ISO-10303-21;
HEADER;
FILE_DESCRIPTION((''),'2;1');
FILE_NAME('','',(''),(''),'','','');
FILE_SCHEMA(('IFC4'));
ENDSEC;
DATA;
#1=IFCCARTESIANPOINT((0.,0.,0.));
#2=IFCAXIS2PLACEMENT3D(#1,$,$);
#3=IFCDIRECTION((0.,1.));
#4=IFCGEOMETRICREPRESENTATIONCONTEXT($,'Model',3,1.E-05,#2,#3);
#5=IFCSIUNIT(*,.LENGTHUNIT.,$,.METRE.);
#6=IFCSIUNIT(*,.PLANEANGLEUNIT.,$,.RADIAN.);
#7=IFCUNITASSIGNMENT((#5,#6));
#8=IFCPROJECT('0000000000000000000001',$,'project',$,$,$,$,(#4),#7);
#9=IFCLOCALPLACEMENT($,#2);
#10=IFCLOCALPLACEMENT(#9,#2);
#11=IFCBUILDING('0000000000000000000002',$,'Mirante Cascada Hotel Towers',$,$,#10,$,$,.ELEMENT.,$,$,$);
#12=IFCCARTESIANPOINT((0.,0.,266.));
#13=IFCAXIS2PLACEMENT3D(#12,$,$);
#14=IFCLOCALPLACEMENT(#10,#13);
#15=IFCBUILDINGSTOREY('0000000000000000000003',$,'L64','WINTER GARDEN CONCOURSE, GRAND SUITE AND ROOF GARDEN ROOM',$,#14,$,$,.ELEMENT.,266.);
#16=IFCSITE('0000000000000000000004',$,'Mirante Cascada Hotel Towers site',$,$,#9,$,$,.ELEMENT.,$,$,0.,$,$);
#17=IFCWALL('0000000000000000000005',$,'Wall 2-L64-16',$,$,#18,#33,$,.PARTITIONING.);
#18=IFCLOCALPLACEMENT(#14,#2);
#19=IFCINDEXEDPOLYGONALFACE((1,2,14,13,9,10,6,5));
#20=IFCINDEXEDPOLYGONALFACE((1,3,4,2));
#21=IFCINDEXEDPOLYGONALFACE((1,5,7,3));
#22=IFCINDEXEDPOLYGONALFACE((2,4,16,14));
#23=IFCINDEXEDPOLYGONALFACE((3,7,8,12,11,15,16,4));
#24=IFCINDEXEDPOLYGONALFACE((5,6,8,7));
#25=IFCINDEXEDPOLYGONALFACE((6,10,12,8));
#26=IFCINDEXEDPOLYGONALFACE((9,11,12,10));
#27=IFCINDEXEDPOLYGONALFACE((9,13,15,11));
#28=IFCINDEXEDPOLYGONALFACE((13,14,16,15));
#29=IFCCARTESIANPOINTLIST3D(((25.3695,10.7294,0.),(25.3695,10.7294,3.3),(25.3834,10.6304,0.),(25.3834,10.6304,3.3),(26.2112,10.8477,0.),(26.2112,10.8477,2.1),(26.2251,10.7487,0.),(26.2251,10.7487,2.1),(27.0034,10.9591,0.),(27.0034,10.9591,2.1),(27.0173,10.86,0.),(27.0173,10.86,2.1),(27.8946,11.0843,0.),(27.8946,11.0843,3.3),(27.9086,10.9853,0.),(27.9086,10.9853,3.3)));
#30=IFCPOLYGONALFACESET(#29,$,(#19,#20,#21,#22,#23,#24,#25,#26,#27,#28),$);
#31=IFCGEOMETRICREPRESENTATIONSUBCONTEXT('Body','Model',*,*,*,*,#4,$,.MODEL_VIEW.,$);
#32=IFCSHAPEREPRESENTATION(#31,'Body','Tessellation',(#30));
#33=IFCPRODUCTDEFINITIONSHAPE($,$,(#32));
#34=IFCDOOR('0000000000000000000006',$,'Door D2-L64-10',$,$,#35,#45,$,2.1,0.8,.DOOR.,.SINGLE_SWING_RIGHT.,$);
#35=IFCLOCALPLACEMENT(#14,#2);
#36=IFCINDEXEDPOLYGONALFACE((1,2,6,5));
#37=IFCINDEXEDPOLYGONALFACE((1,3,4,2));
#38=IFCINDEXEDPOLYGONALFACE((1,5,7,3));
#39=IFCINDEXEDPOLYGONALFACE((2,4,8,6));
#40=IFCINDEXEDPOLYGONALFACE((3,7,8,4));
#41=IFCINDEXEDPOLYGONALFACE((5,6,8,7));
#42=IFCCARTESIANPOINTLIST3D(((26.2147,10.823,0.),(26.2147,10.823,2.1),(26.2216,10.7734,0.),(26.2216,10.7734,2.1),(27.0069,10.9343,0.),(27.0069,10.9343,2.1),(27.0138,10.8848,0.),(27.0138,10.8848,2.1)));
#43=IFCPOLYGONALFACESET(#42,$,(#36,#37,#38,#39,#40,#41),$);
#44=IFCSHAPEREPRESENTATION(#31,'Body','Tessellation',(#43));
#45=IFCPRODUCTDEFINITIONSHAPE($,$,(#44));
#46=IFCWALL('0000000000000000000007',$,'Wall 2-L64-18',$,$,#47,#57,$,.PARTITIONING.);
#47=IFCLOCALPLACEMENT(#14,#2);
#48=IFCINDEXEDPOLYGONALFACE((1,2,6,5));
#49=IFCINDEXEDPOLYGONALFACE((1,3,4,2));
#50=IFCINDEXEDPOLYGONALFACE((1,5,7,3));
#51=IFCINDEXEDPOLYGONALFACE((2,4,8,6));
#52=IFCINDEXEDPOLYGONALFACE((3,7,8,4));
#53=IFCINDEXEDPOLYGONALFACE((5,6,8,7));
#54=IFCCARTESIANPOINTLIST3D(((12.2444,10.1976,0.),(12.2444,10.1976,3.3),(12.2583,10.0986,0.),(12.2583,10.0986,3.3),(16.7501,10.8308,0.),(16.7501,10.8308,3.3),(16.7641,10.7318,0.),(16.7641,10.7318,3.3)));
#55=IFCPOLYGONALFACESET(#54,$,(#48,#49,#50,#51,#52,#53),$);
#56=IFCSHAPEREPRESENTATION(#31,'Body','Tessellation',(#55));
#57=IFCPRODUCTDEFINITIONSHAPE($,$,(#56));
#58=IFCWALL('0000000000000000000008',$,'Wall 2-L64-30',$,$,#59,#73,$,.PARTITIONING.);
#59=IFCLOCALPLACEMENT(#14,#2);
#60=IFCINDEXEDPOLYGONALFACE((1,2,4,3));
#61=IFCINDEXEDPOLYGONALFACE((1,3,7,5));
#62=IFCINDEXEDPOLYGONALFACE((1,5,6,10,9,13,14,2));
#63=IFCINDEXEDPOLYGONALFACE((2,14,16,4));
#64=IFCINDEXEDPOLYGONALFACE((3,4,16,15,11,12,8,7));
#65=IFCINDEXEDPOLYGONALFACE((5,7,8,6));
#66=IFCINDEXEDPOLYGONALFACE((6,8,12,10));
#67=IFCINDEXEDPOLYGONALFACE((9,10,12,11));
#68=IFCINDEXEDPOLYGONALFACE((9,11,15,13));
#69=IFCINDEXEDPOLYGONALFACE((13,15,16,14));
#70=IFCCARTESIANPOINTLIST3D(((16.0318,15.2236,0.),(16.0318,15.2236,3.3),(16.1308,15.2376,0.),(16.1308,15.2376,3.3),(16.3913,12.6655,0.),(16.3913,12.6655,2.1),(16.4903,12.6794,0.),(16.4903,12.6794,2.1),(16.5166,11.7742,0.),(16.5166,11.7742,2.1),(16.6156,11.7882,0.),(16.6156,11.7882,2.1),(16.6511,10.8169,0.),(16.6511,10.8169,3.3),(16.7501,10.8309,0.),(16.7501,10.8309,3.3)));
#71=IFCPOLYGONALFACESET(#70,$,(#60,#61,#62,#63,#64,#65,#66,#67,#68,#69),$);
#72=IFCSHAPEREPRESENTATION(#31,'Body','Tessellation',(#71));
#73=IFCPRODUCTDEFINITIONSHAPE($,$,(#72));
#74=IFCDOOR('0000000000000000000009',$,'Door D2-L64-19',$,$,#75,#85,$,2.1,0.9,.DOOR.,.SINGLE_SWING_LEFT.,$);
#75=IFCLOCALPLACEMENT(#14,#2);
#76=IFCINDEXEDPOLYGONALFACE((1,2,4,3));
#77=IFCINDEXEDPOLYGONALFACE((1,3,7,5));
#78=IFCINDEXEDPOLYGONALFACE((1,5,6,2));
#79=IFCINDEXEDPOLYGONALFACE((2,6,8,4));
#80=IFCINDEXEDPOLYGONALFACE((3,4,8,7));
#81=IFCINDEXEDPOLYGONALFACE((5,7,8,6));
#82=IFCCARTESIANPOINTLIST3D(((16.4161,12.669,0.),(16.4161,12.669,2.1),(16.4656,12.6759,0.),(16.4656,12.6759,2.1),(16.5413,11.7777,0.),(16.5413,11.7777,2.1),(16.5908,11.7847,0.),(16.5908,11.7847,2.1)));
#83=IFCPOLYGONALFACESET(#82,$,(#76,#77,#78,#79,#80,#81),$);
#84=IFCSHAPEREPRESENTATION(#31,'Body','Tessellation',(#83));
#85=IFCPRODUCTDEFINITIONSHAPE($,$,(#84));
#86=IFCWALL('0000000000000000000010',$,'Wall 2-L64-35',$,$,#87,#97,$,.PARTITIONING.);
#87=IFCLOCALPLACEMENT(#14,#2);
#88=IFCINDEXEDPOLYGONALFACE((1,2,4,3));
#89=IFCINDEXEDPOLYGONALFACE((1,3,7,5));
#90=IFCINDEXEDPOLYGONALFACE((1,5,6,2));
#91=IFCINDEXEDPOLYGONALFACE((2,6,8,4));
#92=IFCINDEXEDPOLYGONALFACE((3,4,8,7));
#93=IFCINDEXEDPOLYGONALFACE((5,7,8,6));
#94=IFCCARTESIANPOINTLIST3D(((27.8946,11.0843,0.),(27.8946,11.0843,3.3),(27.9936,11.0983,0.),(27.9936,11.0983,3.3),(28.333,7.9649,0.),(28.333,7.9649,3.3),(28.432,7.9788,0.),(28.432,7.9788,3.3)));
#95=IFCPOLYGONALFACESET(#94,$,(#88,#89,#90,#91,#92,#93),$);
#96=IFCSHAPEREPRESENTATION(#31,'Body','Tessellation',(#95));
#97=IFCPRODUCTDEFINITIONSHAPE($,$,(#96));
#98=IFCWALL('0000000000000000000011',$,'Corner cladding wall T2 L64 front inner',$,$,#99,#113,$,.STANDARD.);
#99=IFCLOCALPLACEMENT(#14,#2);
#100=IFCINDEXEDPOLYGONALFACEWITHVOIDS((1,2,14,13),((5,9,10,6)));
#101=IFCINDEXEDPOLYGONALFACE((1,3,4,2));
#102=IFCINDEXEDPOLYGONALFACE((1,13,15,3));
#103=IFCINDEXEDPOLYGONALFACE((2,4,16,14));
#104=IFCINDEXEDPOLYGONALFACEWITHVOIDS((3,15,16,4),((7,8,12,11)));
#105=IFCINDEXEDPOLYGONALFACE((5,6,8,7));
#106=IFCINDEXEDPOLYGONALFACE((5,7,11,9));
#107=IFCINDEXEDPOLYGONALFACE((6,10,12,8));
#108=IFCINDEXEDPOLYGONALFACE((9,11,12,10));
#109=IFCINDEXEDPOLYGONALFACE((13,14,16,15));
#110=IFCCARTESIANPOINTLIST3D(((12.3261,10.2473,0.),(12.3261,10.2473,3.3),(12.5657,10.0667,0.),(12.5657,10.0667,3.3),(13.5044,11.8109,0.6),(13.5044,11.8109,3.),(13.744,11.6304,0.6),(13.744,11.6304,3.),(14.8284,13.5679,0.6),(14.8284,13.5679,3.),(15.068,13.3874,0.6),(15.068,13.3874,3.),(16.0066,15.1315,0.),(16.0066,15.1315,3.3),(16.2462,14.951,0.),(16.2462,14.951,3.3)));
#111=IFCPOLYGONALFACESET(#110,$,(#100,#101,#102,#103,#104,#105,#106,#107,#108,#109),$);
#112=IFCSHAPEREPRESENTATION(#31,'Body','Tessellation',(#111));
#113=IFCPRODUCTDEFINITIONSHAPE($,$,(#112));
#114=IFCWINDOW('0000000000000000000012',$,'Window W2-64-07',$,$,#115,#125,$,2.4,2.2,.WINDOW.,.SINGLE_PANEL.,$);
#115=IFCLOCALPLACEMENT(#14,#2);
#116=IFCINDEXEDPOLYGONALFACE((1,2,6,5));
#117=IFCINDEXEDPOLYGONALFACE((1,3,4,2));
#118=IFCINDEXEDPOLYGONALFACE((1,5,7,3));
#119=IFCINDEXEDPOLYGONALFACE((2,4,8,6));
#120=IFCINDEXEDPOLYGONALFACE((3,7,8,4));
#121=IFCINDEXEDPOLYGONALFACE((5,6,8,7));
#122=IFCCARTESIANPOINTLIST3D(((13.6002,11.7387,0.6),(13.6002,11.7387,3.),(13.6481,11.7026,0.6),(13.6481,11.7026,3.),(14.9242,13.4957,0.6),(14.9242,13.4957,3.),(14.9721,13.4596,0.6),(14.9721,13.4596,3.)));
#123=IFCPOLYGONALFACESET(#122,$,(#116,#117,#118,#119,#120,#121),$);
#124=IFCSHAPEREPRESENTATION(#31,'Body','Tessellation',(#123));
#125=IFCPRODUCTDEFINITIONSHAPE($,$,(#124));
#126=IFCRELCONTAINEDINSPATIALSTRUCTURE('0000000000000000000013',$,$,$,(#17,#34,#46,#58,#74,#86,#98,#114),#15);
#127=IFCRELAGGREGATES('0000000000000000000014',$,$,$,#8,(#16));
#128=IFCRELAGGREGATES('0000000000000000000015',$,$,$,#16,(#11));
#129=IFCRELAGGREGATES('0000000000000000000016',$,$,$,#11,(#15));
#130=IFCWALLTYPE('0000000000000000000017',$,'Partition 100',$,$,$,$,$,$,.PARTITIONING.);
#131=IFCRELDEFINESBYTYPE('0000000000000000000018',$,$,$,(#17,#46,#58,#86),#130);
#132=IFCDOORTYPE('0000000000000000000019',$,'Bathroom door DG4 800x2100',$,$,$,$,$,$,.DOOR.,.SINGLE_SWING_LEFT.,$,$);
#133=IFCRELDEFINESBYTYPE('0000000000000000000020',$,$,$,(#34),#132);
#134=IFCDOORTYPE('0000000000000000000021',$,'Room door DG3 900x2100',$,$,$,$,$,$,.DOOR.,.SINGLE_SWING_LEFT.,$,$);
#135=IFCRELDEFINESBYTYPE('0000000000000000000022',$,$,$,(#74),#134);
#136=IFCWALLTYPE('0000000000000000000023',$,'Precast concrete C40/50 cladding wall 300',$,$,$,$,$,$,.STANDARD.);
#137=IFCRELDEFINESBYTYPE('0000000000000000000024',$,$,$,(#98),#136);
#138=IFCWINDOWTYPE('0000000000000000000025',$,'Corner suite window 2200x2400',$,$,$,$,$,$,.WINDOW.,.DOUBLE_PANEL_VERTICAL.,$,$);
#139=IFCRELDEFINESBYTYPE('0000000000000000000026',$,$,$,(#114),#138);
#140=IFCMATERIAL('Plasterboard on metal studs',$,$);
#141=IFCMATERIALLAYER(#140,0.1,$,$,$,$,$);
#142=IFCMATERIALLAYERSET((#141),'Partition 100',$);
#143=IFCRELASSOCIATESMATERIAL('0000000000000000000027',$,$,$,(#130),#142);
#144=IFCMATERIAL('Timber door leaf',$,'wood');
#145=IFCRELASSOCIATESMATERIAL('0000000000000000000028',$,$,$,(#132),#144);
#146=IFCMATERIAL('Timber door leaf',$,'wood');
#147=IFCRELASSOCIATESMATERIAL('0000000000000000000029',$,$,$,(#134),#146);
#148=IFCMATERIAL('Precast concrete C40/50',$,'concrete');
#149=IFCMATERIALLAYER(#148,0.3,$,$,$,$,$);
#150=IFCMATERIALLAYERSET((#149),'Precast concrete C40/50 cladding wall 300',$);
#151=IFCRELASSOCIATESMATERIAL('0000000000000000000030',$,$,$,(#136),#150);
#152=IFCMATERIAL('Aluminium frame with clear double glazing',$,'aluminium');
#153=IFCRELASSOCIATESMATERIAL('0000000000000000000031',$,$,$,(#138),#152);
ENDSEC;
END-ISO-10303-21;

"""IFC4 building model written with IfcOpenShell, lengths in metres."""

from ifc_helpers import new_model, si_unit, direction, frame, frame_2d, origin, place, context, subcontext, project, spatial, rectangle, extrude, material, layer, layer_set, type_object, element, fill, save


model = new_model("IFC4")

# Units and contexts
model_context = context("Model", 3, precision=1e-05, world=origin(), true_north=direction((0.0, 1.0)))
body_context = subcontext(model_context, "Body", "Model", "MODEL_VIEW")
ifc_project = project(units=[si_unit("LENGTHUNIT", "METRE"), si_unit("PLANEANGLEUNIT", "RADIAN")], contexts=[model_context])

# Site, building, storey
site_placement = place(None, origin())
site = spatial("IfcSite", under=ifc_project, at=site_placement, Name="Mirante Cascada Hotel Towers site", CompositionType="ELEMENT", RefElevation=0.0)
building_placement = place(site_placement, origin())
building = spatial("IfcBuilding", under=site, at=building_placement, Name="Mirante Cascada Hotel Towers", CompositionType="ELEMENT")
storey_placement = place(building_placement, frame((0.0, 0.0, 266.0)))
storey = spatial("IfcBuildingStorey", under=building, at=storey_placement, Name="L64", Description="WINTER GARDEN CONCOURSE, GRAND SUITE AND ROOF GARDEN ROOM", CompositionType="ELEMENT", Elevation=266.0)

# Shared definitions
ifc_material_1 = material(Name="Plasterboard on metal studs")
ifc_layer_1 = layer(ifc_material_1, 0.1)
ifc_layer_set_1 = layer_set([ifc_layer_1], Name="Partition 100")
wall_type_1 = type_object("IfcWallType", Name="Partition 100", PredefinedType="PARTITIONING", material=ifc_layer_set_1)

# Wall, opening, door
wall_1_placement = place(storey_placement, frame((27.9016, 11.0348, 0.0), z_axis=(0.0, 0.0, 1.0), x_axis=(-0.990268, -0.139176, 0.0)))
wall_1 = element("IfcWall", 1, at=wall_1_placement, inside=storey, type_object=wall_type_1, Name="Wall 2-L64-16", PredefinedType="PARTITIONING", context=body_context, shape_type="SweptSolid", body=[
    extrude(rectangle(XDim=2.55, YDim=0.1, at=frame_2d((1.275, 0.0))), origin(), (0.0, 0.0, 1.0), 3.3),
])
opening_1_placement = place(wall_1_placement, frame((0.9, 0.0, 0.0)))
opening_1 = element("IfcOpeningElement", 2, at=opening_1_placement, cuts=wall_1, PredefinedType="OPENING", context=body_context, shape_type="SweptSolid", body=[
    extrude(rectangle(XDim=0.8, YDim=2.1, at=frame_2d((0.4, 1.05))), frame((0.0, 0.05, 0.0), z_axis=(0.0, -1.0, 0.0), x_axis=(1.0, 0.0, 0.0)), (0.0, 0.0, 1.0), 0.1),
])
ifc_material_2 = material(Name="Timber door leaf", Category="wood")
door_type_1 = type_object("IfcDoorType", Name="Bathroom door DG4 800x2100", OperationType="SINGLE_SWING_LEFT", PredefinedType="DOOR", material=ifc_material_2)
door_1_placement = place(opening_1_placement, frame((0.8, 0.0, 0.0), z_axis=(0.0, 0.0, 1.0), x_axis=(-1.0, 0.0, 0.0)))
door_1 = element("IfcDoor", 3, at=door_1_placement, inside=storey, type_object=door_type_1, Name="Door D2-L64-10", OperationType="SINGLE_SWING_RIGHT", OverallHeight=2.1, OverallWidth=0.8, PredefinedType="DOOR", context=body_context, shape_type="SweptSolid", body=[
    extrude(rectangle(XDim=0.8, YDim=2.1, at=frame_2d((0.4, 1.05))), frame((0.0, 0.025, 0.0), z_axis=(0.0, -1.0, 0.0), x_axis=(1.0, 0.0, 0.0)), (0.0, 0.0, 1.0), 0.05),
])
fill(opening_1, door_1)

# Wall
wall_2_placement = place(storey_placement, frame((16.7571, 10.7813, 0.0), z_axis=(0.0, 0.0, 1.0), x_axis=(-0.990269, -0.139166, 0.0)))
element("IfcWall", 4, at=wall_2_placement, inside=storey, type_object=wall_type_1, Name="Wall 2-L64-18", PredefinedType="PARTITIONING", context=body_context, shape_type="SweptSolid", body=[
    extrude(rectangle(XDim=4.55, YDim=0.1, at=frame_2d((2.275, 0.0))), origin(), (0.0, 0.0, 1.0), 3.3),
])

# Wall, opening, door
wall_3_placement = place(storey_placement, frame((16.0813, 15.2306, 0.0), z_axis=(0.0, 0.0, 1.0), x_axis=(0.139168, -0.990269, 0.0)))
wall_3 = element("IfcWall", 5, at=wall_3_placement, inside=storey, type_object=wall_type_1, Name="Wall 2-L64-30", PredefinedType="PARTITIONING", context=body_context, shape_type="SweptSolid", body=[
    extrude(rectangle(XDim=4.45, YDim=0.1, at=frame_2d((2.225, 0.0))), origin(), (0.0, 0.0, 1.0), 3.3),
])
opening_2_placement = place(wall_3_placement, frame((2.5833, 0.0, 0.0)))
opening_2 = element("IfcOpeningElement", 6, at=opening_2_placement, cuts=wall_3, PredefinedType="OPENING", context=body_context, shape_type="SweptSolid", body=[
    extrude(rectangle(XDim=0.9, YDim=2.1, at=frame_2d((0.45, 1.05))), frame((0.0, 0.05, 0.0), z_axis=(0.0, -1.0, 0.0), x_axis=(1.0, 0.0, 0.0)), (0.0, 0.0, 1.0), 0.1),
])
ifc_material_3 = material(Name="Timber door leaf", Category="wood")
door_type_2 = type_object("IfcDoorType", Name="Room door DG3 900x2100", OperationType="SINGLE_SWING_LEFT", PredefinedType="DOOR", material=ifc_material_3)
door_2_placement = place(opening_2_placement, origin())
door_2 = element("IfcDoor", 7, at=door_2_placement, inside=storey, type_object=door_type_2, Name="Door D2-L64-19", OperationType="SINGLE_SWING_LEFT", OverallHeight=2.1, OverallWidth=0.9, PredefinedType="DOOR", context=body_context, shape_type="SweptSolid", body=[
    extrude(rectangle(XDim=0.9, YDim=2.1, at=frame_2d((0.45, 1.05))), frame((0.0, 0.025, 0.0), z_axis=(0.0, -1.0, 0.0), x_axis=(1.0, 0.0, 0.0)), (0.0, 0.0, 1.0), 0.05),
])
fill(opening_2, door_2)

# Wall
wall_4_placement = place(storey_placement, frame((28.3825, 7.9719, 0.0), z_axis=(0.0, 0.0, 1.0), x_axis=(-0.139172, 0.990268, 0.0)))
element("IfcWall", 8, at=wall_4_placement, inside=storey, type_object=wall_type_1, Name="Wall 2-L64-35", PredefinedType="PARTITIONING", context=body_context, shape_type="SweptSolid", body=[
    extrude(rectangle(XDim=3.1501, YDim=0.1, at=frame_2d((1.575, 0.0))), origin(), (0.0, 0.0, 1.0), 3.3),
])

# Wall, opening, window
ifc_material_4 = material(Name="Precast concrete C40/50", Category="concrete")
ifc_layer_2 = layer(ifc_material_4, 0.3)
ifc_layer_set_2 = layer_set([ifc_layer_2], Name="Precast concrete C40/50 cladding wall 300")
wall_type_2 = type_object("IfcWallType", Name="Precast concrete C40/50 cladding wall 300", PredefinedType="STANDARD", material=ifc_layer_set_2)
wall_5_placement = place(storey_placement, frame((16.1264, 15.0412, 0.0), z_axis=(0.0, 0.0, 1.0), x_axis=(-0.601814, -0.798636, 0.0)))
wall_5 = element("IfcWall", 9, at=wall_5_placement, inside=storey, type_object=wall_type_2, Name="Corner cladding wall T2 L64 front inner", PredefinedType="STANDARD", context=body_context, shape_type="SweptSolid", body=[
    extrude(rectangle(XDim=6.1157, YDim=0.3, at=frame_2d((3.0578, 0.0))), origin(), (0.0, 0.0, 1.0), 3.3),
])
opening_3_placement = place(wall_5_placement, frame((1.9578, 0.0, 0.6)))
opening_3 = element("IfcOpeningElement", 10, at=opening_3_placement, cuts=wall_5, PredefinedType="OPENING", context=body_context, shape_type="SweptSolid", body=[
    extrude(rectangle(XDim=2.2, YDim=2.4, at=frame_2d((1.1, 1.2))), frame((0.0, 0.15, 0.0), z_axis=(0.0, -1.0, 0.0), x_axis=(1.0, 0.0, 0.0)), (0.0, 0.0, 1.0), 0.3),
])
ifc_material_5 = material(Name="Aluminium frame with clear double glazing", Category="aluminium")
window_type = type_object("IfcWindowType", Name="Corner suite window 2200x2400", PartitioningType="DOUBLE_PANEL_VERTICAL", PredefinedType="WINDOW", material=ifc_material_5)
window_placement = place(opening_3_placement, origin())
window = element("IfcWindow", 11, at=window_placement, inside=storey, type_object=window_type, Name="Window W2-64-07", OverallHeight=2.4, OverallWidth=2.2, PartitioningType="SINGLE_PANEL", PredefinedType="WINDOW", context=body_context, shape_type="SweptSolid", body=[
    extrude(rectangle(XDim=2.2, YDim=2.4, at=frame_2d((1.1, 1.2))), frame((0.0, 0.03, 0.0), z_axis=(0.0, -1.0, 0.0), x_axis=(1.0, 0.0, 0.0)), (0.0, 0.0, 1.0), 0.06),
])
fill(opening_3, window)

save(model, "model.ifc")
